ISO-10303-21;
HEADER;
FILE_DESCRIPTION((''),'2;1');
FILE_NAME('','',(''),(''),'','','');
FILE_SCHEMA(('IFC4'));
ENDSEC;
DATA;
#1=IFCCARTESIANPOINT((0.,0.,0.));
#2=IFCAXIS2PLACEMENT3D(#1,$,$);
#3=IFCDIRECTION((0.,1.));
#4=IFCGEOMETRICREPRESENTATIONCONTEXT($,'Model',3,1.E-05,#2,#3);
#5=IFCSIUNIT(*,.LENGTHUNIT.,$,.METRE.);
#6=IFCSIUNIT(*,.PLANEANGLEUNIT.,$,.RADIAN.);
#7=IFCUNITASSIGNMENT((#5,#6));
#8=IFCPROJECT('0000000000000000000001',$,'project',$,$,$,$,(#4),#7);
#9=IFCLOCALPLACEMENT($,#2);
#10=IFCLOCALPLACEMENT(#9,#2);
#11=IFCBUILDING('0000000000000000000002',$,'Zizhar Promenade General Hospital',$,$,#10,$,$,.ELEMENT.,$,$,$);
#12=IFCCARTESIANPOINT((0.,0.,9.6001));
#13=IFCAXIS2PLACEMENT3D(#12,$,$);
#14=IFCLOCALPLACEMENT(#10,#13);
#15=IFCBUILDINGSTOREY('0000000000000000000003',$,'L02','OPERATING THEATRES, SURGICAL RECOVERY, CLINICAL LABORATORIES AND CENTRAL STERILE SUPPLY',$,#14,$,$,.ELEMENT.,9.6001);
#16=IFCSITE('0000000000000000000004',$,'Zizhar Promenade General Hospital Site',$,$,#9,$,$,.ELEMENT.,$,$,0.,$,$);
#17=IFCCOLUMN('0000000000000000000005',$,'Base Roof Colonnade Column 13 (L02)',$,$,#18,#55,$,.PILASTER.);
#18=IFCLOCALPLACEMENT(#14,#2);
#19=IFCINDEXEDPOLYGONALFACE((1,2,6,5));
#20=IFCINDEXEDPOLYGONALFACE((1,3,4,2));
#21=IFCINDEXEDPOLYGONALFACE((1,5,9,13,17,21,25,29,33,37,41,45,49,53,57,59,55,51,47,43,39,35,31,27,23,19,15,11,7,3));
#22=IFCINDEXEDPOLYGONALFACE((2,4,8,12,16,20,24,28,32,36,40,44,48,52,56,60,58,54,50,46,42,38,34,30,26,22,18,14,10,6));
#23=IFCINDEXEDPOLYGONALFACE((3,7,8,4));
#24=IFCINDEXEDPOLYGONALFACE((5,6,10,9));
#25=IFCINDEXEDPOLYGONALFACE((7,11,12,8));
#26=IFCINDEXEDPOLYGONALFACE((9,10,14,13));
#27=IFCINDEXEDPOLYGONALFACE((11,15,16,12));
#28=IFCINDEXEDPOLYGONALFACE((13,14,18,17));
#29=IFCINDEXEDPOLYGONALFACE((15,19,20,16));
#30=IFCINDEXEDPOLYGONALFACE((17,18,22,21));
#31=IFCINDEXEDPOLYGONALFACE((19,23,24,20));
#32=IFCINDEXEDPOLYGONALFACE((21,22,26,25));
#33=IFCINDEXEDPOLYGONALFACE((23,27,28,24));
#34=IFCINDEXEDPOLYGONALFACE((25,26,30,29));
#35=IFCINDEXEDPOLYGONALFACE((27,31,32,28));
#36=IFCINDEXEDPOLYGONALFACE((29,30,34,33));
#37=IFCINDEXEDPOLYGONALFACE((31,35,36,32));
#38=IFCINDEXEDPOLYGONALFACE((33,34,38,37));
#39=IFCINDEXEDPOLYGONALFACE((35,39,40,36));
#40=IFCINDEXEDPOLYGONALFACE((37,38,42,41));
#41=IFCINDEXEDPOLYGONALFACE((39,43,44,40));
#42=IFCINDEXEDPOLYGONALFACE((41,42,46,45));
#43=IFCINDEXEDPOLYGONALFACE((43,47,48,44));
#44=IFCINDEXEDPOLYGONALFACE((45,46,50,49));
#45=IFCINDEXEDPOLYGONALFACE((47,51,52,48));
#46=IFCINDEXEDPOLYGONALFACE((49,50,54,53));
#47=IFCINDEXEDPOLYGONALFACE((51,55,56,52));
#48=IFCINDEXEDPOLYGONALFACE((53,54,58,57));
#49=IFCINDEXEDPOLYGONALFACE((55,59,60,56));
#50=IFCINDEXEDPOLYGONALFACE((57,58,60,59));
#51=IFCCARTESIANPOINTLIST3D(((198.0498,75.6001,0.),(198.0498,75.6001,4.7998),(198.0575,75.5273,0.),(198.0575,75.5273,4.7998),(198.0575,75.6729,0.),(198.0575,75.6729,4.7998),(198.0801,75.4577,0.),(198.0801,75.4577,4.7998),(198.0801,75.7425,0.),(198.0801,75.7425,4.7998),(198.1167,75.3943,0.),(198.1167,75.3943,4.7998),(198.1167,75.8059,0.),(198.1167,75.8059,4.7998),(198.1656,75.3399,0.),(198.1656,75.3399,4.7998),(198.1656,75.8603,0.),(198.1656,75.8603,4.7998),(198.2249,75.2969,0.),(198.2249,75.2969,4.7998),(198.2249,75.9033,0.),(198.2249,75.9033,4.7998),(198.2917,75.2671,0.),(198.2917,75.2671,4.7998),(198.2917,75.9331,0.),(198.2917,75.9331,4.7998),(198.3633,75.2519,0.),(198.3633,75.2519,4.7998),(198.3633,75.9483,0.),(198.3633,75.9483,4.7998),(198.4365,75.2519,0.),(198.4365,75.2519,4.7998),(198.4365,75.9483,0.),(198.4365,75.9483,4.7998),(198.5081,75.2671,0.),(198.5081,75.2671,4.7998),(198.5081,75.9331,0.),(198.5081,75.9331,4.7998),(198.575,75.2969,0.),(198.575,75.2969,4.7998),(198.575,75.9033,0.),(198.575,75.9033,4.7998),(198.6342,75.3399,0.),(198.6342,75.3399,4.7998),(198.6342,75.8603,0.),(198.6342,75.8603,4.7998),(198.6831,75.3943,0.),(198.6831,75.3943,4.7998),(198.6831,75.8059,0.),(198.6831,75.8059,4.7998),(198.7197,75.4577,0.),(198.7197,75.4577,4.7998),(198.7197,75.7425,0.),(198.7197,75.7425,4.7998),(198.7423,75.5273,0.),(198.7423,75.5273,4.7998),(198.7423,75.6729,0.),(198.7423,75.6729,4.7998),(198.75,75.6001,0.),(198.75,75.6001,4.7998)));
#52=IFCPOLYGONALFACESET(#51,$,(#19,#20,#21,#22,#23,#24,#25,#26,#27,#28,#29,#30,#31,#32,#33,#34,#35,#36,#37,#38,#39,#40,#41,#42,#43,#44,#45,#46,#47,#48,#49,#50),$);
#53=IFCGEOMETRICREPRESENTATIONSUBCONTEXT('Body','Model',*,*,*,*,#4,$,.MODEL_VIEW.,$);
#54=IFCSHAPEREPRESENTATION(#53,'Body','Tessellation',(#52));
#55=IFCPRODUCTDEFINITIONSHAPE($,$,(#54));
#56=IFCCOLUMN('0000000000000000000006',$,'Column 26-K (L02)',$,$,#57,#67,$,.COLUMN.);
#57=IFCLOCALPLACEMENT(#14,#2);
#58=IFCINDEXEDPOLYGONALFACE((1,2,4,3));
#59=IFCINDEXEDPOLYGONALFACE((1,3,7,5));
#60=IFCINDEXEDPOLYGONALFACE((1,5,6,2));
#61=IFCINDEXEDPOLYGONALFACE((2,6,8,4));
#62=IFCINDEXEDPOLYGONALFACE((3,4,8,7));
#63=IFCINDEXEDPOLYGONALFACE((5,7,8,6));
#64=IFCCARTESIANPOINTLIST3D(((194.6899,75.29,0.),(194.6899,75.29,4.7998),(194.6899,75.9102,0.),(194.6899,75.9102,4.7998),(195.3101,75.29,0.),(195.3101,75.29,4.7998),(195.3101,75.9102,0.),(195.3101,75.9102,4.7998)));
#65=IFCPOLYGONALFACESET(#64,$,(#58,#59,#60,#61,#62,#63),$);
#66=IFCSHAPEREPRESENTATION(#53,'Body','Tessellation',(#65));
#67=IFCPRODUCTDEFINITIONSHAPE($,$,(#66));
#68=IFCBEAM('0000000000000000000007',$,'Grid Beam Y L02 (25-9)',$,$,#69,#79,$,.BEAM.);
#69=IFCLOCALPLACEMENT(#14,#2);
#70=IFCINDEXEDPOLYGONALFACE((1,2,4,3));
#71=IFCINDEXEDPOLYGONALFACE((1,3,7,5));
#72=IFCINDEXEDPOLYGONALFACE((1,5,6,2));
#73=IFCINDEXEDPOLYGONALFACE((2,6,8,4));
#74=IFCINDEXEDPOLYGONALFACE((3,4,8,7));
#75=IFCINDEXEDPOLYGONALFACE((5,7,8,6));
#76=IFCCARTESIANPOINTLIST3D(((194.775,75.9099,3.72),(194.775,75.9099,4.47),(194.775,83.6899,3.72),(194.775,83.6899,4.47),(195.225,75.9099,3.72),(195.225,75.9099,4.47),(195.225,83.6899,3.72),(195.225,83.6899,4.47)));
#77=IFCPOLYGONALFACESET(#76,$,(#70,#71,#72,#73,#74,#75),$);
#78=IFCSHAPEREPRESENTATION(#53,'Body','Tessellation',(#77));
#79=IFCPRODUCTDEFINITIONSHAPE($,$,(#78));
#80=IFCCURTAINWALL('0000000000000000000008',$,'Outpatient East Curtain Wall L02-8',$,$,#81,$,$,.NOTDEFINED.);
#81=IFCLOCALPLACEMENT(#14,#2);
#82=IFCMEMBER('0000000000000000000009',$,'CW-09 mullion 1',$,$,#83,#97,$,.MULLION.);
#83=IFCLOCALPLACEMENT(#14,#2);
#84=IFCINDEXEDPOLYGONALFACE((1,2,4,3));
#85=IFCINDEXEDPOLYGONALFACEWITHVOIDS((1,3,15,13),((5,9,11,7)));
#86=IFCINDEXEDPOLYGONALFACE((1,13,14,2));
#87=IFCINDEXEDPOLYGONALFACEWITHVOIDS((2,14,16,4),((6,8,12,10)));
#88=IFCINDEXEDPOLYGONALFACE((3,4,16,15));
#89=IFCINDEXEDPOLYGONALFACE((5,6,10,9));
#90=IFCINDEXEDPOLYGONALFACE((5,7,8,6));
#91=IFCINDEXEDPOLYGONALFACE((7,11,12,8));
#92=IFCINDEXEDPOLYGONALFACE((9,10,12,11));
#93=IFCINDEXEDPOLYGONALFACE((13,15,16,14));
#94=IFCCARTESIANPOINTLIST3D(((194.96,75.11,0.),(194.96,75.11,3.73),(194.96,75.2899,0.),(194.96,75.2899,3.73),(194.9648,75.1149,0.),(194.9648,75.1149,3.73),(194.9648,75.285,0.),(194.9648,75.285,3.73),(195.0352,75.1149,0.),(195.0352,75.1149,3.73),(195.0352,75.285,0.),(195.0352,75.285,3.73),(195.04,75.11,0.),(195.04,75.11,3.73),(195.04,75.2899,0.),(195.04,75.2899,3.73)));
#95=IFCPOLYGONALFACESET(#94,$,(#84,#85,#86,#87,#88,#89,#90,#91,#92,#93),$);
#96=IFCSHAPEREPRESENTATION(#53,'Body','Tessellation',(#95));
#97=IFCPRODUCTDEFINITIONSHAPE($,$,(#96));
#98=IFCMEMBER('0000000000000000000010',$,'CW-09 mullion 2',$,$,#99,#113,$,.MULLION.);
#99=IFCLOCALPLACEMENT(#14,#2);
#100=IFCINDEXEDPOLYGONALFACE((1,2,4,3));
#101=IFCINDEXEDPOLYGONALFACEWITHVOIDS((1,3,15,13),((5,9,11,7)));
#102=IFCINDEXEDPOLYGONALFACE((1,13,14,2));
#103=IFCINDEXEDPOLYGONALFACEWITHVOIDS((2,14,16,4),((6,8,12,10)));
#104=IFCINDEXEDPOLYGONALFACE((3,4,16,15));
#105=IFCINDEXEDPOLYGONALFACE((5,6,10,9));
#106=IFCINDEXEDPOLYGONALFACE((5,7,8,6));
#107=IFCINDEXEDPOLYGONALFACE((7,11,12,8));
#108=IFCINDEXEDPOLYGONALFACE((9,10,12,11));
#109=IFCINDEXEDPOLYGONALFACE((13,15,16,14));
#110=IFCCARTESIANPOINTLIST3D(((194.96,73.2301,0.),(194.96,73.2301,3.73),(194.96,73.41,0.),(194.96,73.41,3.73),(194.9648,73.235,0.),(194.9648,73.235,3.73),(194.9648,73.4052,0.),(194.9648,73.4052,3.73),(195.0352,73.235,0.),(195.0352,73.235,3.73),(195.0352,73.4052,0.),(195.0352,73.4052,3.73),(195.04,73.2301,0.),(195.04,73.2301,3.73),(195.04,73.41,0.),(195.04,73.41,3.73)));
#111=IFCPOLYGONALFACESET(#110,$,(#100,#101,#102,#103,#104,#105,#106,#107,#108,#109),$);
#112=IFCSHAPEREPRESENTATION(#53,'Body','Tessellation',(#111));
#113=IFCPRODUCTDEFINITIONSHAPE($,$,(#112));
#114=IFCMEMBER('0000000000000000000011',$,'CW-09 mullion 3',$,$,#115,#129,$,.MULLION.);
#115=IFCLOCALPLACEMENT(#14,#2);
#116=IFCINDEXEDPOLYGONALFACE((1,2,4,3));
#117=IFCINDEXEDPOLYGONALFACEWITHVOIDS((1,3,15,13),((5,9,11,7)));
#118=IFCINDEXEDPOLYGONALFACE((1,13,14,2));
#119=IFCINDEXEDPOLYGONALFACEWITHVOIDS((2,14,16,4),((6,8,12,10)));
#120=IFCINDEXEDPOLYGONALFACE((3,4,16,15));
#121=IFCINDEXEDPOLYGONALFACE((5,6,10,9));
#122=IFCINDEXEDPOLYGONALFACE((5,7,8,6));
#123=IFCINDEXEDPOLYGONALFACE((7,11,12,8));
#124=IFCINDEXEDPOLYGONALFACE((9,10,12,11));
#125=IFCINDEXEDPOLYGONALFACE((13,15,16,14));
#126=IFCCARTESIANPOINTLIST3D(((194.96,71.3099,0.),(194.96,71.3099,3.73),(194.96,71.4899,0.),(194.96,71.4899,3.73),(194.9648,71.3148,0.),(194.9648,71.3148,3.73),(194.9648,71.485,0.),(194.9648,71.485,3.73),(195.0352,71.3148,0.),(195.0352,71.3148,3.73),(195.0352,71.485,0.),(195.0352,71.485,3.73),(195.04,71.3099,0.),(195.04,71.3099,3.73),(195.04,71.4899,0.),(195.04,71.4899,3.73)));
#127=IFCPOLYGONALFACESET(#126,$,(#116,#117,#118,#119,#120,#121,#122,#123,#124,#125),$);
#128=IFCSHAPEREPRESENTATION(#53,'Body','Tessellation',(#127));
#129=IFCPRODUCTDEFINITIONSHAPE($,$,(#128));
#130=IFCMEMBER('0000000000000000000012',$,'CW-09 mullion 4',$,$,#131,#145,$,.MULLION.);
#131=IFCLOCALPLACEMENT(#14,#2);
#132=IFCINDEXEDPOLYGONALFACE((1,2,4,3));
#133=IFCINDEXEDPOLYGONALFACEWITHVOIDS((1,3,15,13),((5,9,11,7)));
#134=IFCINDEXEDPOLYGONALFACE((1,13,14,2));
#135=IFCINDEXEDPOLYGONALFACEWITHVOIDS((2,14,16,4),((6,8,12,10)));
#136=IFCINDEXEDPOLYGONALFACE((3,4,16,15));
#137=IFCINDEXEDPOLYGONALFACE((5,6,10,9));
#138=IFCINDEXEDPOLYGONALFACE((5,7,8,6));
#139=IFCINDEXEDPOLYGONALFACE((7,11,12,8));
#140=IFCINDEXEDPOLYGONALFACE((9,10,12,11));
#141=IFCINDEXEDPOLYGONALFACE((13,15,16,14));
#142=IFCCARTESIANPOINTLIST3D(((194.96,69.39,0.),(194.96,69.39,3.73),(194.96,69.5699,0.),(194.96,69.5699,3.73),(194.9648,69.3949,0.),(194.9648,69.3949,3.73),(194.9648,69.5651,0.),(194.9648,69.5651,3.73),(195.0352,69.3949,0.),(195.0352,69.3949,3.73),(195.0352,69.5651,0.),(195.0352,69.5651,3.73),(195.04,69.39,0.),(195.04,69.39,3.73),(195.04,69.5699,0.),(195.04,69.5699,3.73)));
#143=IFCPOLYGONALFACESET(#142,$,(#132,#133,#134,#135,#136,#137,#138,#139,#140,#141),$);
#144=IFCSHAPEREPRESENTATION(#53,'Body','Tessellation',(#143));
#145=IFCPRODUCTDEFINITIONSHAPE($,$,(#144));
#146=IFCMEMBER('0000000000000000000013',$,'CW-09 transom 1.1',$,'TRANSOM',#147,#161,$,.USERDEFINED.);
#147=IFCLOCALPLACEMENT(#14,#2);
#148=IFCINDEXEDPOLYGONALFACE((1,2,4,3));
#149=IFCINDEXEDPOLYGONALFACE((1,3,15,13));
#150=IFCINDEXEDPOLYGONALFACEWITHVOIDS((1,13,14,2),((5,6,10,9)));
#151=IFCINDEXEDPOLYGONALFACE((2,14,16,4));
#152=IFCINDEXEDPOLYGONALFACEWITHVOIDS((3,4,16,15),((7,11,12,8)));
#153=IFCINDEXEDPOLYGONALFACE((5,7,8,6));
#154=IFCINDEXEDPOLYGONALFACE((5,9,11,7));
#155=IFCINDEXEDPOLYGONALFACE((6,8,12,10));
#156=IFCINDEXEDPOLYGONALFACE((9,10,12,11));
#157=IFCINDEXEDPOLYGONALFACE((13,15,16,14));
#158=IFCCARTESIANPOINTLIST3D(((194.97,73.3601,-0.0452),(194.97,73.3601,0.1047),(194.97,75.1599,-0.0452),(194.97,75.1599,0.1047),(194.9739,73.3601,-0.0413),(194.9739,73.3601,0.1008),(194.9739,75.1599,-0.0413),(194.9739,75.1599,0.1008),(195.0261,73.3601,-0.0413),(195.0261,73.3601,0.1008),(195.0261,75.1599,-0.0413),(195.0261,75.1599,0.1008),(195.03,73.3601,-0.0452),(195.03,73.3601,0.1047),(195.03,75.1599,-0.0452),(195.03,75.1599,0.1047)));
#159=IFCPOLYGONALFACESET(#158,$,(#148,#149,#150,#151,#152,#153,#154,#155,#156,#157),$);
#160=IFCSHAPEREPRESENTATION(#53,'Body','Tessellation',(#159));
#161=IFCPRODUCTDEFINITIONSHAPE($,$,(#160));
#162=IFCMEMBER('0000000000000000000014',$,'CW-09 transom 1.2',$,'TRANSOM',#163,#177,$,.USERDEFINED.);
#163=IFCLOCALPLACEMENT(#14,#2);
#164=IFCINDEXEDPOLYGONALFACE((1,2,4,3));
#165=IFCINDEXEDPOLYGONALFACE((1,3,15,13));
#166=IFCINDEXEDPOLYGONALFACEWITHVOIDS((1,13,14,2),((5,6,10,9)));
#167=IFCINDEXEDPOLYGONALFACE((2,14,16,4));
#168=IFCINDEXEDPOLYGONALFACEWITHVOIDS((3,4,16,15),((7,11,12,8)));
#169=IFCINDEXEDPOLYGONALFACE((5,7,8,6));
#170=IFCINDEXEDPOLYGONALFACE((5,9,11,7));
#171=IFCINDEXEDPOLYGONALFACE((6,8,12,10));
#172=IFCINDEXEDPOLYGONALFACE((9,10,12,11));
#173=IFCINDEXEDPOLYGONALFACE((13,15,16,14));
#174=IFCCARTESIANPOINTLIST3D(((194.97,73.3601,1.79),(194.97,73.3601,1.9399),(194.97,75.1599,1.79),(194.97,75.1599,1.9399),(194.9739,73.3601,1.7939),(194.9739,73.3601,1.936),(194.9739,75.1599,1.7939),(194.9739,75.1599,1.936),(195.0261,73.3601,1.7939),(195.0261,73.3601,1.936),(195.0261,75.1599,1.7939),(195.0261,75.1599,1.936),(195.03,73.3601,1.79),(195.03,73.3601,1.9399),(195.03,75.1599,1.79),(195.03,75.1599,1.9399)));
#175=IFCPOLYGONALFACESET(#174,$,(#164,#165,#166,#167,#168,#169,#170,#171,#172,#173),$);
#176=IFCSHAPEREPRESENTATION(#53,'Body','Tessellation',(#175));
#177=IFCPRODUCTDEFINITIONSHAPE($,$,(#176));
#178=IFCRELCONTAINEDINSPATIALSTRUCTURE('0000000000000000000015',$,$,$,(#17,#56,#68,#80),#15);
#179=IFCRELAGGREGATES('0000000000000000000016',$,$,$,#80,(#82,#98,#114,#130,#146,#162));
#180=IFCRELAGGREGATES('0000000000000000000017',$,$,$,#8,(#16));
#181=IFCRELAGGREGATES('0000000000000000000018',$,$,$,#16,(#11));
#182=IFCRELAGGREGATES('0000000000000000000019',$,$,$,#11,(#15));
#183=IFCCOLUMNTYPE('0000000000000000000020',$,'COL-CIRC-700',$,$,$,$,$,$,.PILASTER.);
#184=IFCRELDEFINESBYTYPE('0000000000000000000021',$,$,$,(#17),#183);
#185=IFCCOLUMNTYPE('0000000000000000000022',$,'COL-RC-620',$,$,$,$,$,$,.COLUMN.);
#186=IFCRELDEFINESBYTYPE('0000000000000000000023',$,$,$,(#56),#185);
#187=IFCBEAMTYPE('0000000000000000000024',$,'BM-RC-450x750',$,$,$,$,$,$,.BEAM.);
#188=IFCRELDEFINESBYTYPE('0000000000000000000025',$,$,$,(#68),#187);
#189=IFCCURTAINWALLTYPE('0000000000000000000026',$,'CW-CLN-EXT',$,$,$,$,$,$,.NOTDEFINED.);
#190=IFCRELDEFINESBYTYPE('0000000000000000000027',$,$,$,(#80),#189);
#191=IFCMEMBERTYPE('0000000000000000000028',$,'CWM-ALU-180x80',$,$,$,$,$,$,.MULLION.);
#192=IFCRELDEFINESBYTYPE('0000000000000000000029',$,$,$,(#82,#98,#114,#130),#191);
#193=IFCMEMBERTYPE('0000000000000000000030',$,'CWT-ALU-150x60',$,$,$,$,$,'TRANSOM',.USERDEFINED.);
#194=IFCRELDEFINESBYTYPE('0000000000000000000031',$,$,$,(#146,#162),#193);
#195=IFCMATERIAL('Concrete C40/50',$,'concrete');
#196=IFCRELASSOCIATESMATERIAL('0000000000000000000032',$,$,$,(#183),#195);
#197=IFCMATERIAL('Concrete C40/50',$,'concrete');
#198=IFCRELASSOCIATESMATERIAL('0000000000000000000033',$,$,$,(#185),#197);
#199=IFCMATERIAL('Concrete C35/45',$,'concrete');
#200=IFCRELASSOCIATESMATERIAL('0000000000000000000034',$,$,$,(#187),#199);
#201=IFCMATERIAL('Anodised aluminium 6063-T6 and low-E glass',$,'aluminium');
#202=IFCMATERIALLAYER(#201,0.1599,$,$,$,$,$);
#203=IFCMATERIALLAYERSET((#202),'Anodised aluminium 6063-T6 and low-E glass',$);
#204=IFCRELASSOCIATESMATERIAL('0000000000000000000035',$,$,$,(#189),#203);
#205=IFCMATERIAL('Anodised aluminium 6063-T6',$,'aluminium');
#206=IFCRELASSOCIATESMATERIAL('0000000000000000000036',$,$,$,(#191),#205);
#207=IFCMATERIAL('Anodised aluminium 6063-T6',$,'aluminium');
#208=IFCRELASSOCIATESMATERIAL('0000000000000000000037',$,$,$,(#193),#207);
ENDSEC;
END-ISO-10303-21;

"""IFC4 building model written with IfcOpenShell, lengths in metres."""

from ifc_helpers import new_model, si_unit, direction, frame, origin, origin_2d, place, context, subcontext, project, spatial, rectangle, hollow_rectangle, circle, extrude, material, layer, layer_set, material_profile, profile_set, type_object, element, aggregate, save


model = new_model("IFC4")

# Units and contexts
model_context = context("Model", 3, precision=1e-05, world=origin(), true_north=direction((0.0, 1.0)))
body_context = subcontext(model_context, "Body", "Model", "MODEL_VIEW")
ifc_project = project(units=[si_unit("LENGTHUNIT", "METRE"), si_unit("PLANEANGLEUNIT", "RADIAN")], contexts=[model_context])

# Site, building, storey
site_placement = place(None, origin())
site = spatial("IfcSite", under=ifc_project, at=site_placement, Name="Zizhar Promenade General Hospital Site", CompositionType="ELEMENT", RefElevation=0.0)
building_placement = place(site_placement, origin())
building = spatial("IfcBuilding", under=site, at=building_placement, Name="Zizhar Promenade General Hospital", CompositionType="ELEMENT")
storey_placement = place(building_placement, frame((0.0, 0.0, 9.6001)))
storey = spatial("IfcBuildingStorey", under=building, at=storey_placement, Name="L02", Description="OPERATING THEATRES, SURGICAL RECOVERY, CLINICAL LABORATORIES AND CENTRAL STERILE SUPPLY", CompositionType="ELEMENT", Elevation=9.6001)

# Columns
ifc_material_1 = material(Name="Concrete C40/50", Category="concrete")
ifc_material_profile_1 = material_profile(ifc_material_1, circle(Radius=0.3501, at=origin_2d()))
ifc_profile_set_1 = profile_set([ifc_material_profile_1], Name="Concrete C40/50")
column_type_1 = type_object("IfcColumnType", Name="COL-CIRC-700", PredefinedType="PILASTER", material=ifc_profile_set_1)
column_1_placement = place(storey_placement, frame((198.3999, 75.6001, 0.0), z_axis=(0.0, 0.0, 1.0), x_axis=(1.0, 0.0, 0.0)))
element("IfcColumn", 1, at=column_1_placement, inside=storey, type_object=column_type_1, Name="Base Roof Colonnade Column 13 (L02)", PredefinedType="PILASTER", context=body_context, shape_type="SweptSolid", body=[
    extrude(circle(Radius=0.3501, at=origin_2d()), origin(), (0.0, 0.0, 1.0), 4.7998),
])
ifc_material_2 = material(Name="Concrete C40/50", Category="concrete")
ifc_material_profile_2 = material_profile(ifc_material_2, rectangle(XDim=0.6201, YDim=0.6201, at=origin_2d()))
ifc_profile_set_2 = profile_set([ifc_material_profile_2], Name="Concrete C40/50")
column_type_2 = type_object("IfcColumnType", Name="COL-RC-620", PredefinedType="COLUMN", material=ifc_profile_set_2)
column_2_placement = place(storey_placement, frame((195.0, 75.6001, 0.0), z_axis=(0.0, 0.0, 1.0), x_axis=(1.0, 0.0, 0.0)))
element("IfcColumn", 2, at=column_2_placement, inside=storey, type_object=column_type_2, Name="Column 26-K (L02)", PredefinedType="COLUMN", context=body_context, shape_type="SweptSolid", body=[
    extrude(rectangle(XDim=0.6201, YDim=0.6201, at=origin_2d()), origin(), (0.0, 0.0, 1.0), 4.7998),
])

# Beam
ifc_material_3 = material(Name="Concrete C35/45", Category="concrete")
ifc_material_profile_3 = material_profile(ifc_material_3, rectangle(XDim=0.45, YDim=0.75, at=origin_2d()))
ifc_profile_set_3 = profile_set([ifc_material_profile_3], Name="Concrete C35/45")
beam_type = type_object("IfcBeamType", Name="BM-RC-450x750", PredefinedType="BEAM", material=ifc_profile_set_3)
beam_placement = place(storey_placement, frame((195.0, 75.9099, 4.095), z_axis=(0.0, 1.0, 0.0), x_axis=(-1.0, 0.0, 0.0)))
element("IfcBeam", 3, at=beam_placement, inside=storey, type_object=beam_type, Name="Grid Beam Y L02 (25-9)", PredefinedType="BEAM", context=body_context, shape_type="SweptSolid", body=[
    extrude(rectangle(XDim=0.45, YDim=0.75, at=origin_2d()), origin(), (0.0, 0.0, 1.0), 7.78),
])

# Curtain wall, members
ifc_material_4 = material(Name="Anodised aluminium 6063-T6 and low-E glass", Category="aluminium")
ifc_layer_1 = layer(ifc_material_4, 0.1599)
ifc_layer_set_1 = layer_set([ifc_layer_1], Name="Anodised aluminium 6063-T6 and low-E glass")
curtain_wall_type = type_object("IfcCurtainWallType", Name="CW-CLN-EXT", PredefinedType="NOTDEFINED", material=ifc_layer_set_1)
curtain_wall_placement = place(storey_placement, origin())
curtain_wall = element("IfcCurtainWall", 4, at=curtain_wall_placement, inside=storey, type_object=curtain_wall_type, Name="Outpatient East Curtain Wall L02-8", PredefinedType="NOTDEFINED")
ifc_material_5 = material(Name="Anodised aluminium 6063-T6", Category="aluminium")
ifc_material_profile_4 = material_profile(ifc_material_5, hollow_rectangle(XDim=0.0801, YDim=0.1799, WallThickness=0.0049, at=origin_2d()))
ifc_profile_set_4 = profile_set([ifc_material_profile_4], Name="Anodised aluminium 6063-T6")
member_type_1 = type_object("IfcMemberType", Name="CWM-ALU-180x80", PredefinedType="MULLION", material=ifc_profile_set_4)
member_1_placement = place(storey_placement, frame((195.0, 75.2, 0.0), z_axis=(0.0, 0.0, 1.0), x_axis=(1.0, 0.0, 0.0)))
member_1 = element("IfcMember", 5, at=member_1_placement, type_object=member_type_1, Name="CW-09 mullion 1", PredefinedType="MULLION", context=body_context, shape_type="SweptSolid", body=[
    extrude(hollow_rectangle(XDim=0.0801, YDim=0.1799, WallThickness=0.0049, at=origin_2d()), origin(), (0.0, 0.0, 1.0), 3.73),
])
member_2_placement = place(storey_placement, frame((195.0, 73.3201, 0.0), z_axis=(0.0, 0.0, 1.0), x_axis=(1.0, 0.0, 0.0)))
member_2 = element("IfcMember", 6, at=member_2_placement, type_object=member_type_1, Name="CW-09 mullion 2", PredefinedType="MULLION", context=body_context, shape_type="SweptSolid", body=[
    extrude(hollow_rectangle(XDim=0.0801, YDim=0.1799, WallThickness=0.0049, at=origin_2d()), origin(), (0.0, 0.0, 1.0), 3.73),
])
member_3_placement = place(storey_placement, frame((195.0, 71.3999, 0.0), z_axis=(0.0, 0.0, 1.0), x_axis=(1.0, 0.0, 0.0)))
member_3 = element("IfcMember", 7, at=member_3_placement, type_object=member_type_1, Name="CW-09 mullion 3", PredefinedType="MULLION", context=body_context, shape_type="SweptSolid", body=[
    extrude(hollow_rectangle(XDim=0.0801, YDim=0.1799, WallThickness=0.0049, at=origin_2d()), origin(), (0.0, 0.0, 1.0), 3.73),
])
member_4_placement = place(storey_placement, frame((195.0, 69.48, 0.0), z_axis=(0.0, 0.0, 1.0), x_axis=(1.0, 0.0, 0.0)))
member_4 = element("IfcMember", 8, at=member_4_placement, type_object=member_type_1, Name="CW-09 mullion 4", PredefinedType="MULLION", context=body_context, shape_type="SweptSolid", body=[
    extrude(hollow_rectangle(XDim=0.0801, YDim=0.1799, WallThickness=0.0049, at=origin_2d()), origin(), (0.0, 0.0, 1.0), 3.73),
])
ifc_material_6 = material(Name="Anodised aluminium 6063-T6", Category="aluminium")
ifc_material_profile_5 = material_profile(ifc_material_6, hollow_rectangle(XDim=0.0601, YDim=0.1499, WallThickness=0.0039, at=origin_2d()))
ifc_profile_set_5 = profile_set([ifc_material_profile_5], Name="Anodised aluminium 6063-T6")
member_type_2 = type_object("IfcMemberType", Name="CWT-ALU-150x60", ElementType="TRANSOM", PredefinedType="USERDEFINED", material=ifc_profile_set_5)
member_5_placement = place(storey_placement, frame((195.0, 75.1599, 0.0298), z_axis=(0.0, -1.0, 0.0), x_axis=(1.0, 0.0, 0.0)))
member_5 = element("IfcMember", 9, at=member_5_placement, type_object=member_type_2, Name="CW-09 transom 1.1", ObjectType="TRANSOM", PredefinedType="USERDEFINED", context=body_context, shape_type="SweptSolid", body=[
    extrude(hollow_rectangle(XDim=0.0601, YDim=0.1499, WallThickness=0.0039, at=origin_2d()), origin(), (0.0, 0.0, 1.0), 1.7998),
])
member_6_placement = place(storey_placement, frame((195.0, 75.1599, 1.865), z_axis=(0.0, -1.0, 0.0), x_axis=(1.0, 0.0, 0.0)))
member_6 = element("IfcMember", 10, at=member_6_placement, type_object=member_type_2, Name="CW-09 transom 1.2", ObjectType="TRANSOM", PredefinedType="USERDEFINED", context=body_context, shape_type="SweptSolid", body=[
    extrude(hollow_rectangle(XDim=0.0601, YDim=0.1499, WallThickness=0.0039, at=origin_2d()), origin(), (0.0, 0.0, 1.0), 1.7998),
])
aggregate(curtain_wall, [member_1, member_2, member_3, member_4, member_5, member_6])

save(model, "model.ifc")
